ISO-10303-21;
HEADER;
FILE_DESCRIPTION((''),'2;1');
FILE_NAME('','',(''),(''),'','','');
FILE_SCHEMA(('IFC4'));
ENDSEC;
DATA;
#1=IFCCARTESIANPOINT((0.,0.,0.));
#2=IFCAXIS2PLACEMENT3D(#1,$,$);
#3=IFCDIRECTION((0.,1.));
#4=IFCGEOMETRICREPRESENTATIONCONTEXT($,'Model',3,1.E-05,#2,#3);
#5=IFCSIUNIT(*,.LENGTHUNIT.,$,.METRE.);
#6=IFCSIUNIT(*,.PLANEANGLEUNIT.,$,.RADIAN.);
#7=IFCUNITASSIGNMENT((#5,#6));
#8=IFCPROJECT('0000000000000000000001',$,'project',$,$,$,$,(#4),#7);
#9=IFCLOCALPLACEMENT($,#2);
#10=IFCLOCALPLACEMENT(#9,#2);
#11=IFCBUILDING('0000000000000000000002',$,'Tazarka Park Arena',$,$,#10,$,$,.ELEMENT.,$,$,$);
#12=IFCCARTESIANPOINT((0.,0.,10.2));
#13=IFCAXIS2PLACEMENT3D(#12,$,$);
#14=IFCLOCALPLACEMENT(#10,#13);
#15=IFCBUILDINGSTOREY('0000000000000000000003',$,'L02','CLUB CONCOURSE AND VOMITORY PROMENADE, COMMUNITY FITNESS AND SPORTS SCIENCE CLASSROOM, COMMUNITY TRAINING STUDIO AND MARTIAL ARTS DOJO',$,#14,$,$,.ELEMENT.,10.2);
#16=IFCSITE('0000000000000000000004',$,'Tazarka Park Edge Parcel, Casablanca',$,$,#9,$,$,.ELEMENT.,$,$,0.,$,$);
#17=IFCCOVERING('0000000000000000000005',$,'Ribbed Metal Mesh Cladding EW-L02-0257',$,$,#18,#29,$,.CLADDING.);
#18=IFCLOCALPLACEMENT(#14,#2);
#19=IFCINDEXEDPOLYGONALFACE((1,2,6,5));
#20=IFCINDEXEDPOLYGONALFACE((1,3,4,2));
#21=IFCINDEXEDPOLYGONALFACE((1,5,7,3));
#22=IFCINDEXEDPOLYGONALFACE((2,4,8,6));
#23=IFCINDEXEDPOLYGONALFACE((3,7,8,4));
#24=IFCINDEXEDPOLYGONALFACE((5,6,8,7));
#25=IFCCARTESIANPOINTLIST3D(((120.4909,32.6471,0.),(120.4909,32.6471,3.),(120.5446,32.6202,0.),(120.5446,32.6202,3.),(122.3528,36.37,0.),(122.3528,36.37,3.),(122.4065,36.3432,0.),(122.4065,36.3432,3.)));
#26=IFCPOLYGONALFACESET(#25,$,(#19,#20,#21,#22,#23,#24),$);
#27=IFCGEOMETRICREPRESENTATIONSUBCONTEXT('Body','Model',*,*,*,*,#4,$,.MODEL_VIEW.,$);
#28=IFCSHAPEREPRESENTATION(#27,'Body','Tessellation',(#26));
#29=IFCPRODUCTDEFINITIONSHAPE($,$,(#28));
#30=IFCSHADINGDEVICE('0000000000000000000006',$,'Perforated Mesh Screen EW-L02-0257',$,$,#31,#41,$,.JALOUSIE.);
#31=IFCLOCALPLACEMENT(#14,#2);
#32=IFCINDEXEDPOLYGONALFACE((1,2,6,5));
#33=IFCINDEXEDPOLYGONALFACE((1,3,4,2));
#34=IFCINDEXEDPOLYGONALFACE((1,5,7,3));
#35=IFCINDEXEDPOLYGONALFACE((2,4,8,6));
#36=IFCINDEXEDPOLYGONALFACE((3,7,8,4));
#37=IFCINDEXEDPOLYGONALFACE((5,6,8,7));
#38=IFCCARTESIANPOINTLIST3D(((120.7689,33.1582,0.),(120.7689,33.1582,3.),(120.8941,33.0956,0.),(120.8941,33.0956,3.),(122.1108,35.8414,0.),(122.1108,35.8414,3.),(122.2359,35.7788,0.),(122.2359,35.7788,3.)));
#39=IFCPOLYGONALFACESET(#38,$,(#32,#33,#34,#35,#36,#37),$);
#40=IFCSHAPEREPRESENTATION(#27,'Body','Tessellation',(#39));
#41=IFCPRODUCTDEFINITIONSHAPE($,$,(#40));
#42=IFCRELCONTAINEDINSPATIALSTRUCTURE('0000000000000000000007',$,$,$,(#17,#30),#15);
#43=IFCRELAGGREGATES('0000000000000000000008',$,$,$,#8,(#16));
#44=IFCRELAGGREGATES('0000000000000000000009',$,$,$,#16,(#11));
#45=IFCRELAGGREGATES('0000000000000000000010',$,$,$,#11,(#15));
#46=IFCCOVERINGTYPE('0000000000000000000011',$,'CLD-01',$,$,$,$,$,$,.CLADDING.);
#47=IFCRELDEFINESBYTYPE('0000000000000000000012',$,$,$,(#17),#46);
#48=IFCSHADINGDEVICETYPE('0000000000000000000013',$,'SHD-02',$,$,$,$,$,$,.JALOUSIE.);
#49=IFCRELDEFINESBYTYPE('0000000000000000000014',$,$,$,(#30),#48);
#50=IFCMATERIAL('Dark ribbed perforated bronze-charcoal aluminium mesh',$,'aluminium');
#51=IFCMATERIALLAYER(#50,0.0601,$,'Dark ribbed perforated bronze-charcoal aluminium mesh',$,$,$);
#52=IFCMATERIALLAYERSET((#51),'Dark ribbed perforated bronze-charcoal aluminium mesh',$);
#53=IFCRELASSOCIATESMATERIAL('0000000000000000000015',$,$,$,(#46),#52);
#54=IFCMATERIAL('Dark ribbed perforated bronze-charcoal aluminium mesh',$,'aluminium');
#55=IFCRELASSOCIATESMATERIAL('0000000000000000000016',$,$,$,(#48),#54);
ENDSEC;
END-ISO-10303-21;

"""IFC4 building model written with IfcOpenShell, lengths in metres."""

from ifc_helpers import new_model, si_unit, direction, frame, origin, origin_2d, place, context, subcontext, project, spatial, rectangle, extrude, material, layer, layer_set, type_object, element, save


model = new_model("IFC4")

# Units and contexts
model_context = context("Model", 3, precision=1e-05, world=origin(), true_north=direction((0.0, 1.0)))
body_context = subcontext(model_context, "Body", "Model", "MODEL_VIEW")
ifc_project = project(units=[si_unit("LENGTHUNIT", "METRE"), si_unit("PLANEANGLEUNIT", "RADIAN")], contexts=[model_context])

# Site, building, storey
site_placement = place(None, origin())
site = spatial("IfcSite", under=ifc_project, at=site_placement, Name="Tazarka Park Edge Parcel, Casablanca", CompositionType="ELEMENT", RefElevation=0.0)
building_placement = place(site_placement, origin())
building = spatial("IfcBuilding", under=site, at=building_placement, Name="Tazarka Park Arena", CompositionType="ELEMENT")
storey_placement = place(building_placement, frame((0.0, 0.0, 10.2)))
storey = spatial("IfcBuildingStorey", under=building, at=storey_placement, Name="L02", Description="CLUB CONCOURSE AND VOMITORY PROMENADE, COMMUNITY FITNESS AND SPORTS SCIENCE CLASSROOM, COMMUNITY TRAINING STUDIO AND MARTIAL ARTS DOJO", CompositionType="ELEMENT", Elevation=10.2)

# Covering
ifc_material_1 = material(Name="Dark ribbed perforated bronze-charcoal aluminium mesh", Category="aluminium")
ifc_layer_1 = layer(ifc_material_1, 0.0601, Name="Dark ribbed perforated bronze-charcoal aluminium mesh")
ifc_layer_set_1 = layer_set([ifc_layer_1], Name="Dark ribbed perforated bronze-charcoal aluminium mesh")
covering_type = type_object("IfcCoveringType", Name="CLD-01", PredefinedType="CLADDING", material=ifc_layer_set_1)
covering_placement = place(storey_placement, frame((121.4487, 34.4951, 0.0), z_axis=(0.0, 0.0, 1.0), x_axis=(-0.447291, -0.894389, 0.0)))
element("IfcCovering", 1, at=covering_placement, inside=storey, type_object=covering_type, Name="Ribbed Metal Mesh Cladding EW-L02-0257", PredefinedType="CLADDING", context=body_context, shape_type="SweptSolid", body=[
    extrude(rectangle(XDim=4.1626, YDim=0.0601, at=origin_2d()), origin(), (0.0, 0.0, 1.0), 3.0),
])

# Shading device
ifc_material_2 = material(Name="Dark ribbed perforated bronze-charcoal aluminium mesh", Category="aluminium")
shading_device_type = type_object("IfcShadingDeviceType", Name="SHD-02", PredefinedType="JALOUSIE", material=ifc_material_2)
shading_device_placement = place(storey_placement, frame((121.5024, 34.4685, 0.0), z_axis=(0.0, 0.0, 1.0), x_axis=(-0.447291, -0.894389, 0.0)))
element("IfcShadingDevice", 2, at=shading_device_placement, inside=storey, type_object=shading_device_type, Name="Perforated Mesh Screen EW-L02-0257", PredefinedType="JALOUSIE", context=body_context, shape_type="SweptSolid", body=[
    extrude(rectangle(XDim=3.0, YDim=0.1399, at=origin_2d()), origin(), (0.0, 0.0, 1.0), 3.0),
])

save(model, "model.ifc")
